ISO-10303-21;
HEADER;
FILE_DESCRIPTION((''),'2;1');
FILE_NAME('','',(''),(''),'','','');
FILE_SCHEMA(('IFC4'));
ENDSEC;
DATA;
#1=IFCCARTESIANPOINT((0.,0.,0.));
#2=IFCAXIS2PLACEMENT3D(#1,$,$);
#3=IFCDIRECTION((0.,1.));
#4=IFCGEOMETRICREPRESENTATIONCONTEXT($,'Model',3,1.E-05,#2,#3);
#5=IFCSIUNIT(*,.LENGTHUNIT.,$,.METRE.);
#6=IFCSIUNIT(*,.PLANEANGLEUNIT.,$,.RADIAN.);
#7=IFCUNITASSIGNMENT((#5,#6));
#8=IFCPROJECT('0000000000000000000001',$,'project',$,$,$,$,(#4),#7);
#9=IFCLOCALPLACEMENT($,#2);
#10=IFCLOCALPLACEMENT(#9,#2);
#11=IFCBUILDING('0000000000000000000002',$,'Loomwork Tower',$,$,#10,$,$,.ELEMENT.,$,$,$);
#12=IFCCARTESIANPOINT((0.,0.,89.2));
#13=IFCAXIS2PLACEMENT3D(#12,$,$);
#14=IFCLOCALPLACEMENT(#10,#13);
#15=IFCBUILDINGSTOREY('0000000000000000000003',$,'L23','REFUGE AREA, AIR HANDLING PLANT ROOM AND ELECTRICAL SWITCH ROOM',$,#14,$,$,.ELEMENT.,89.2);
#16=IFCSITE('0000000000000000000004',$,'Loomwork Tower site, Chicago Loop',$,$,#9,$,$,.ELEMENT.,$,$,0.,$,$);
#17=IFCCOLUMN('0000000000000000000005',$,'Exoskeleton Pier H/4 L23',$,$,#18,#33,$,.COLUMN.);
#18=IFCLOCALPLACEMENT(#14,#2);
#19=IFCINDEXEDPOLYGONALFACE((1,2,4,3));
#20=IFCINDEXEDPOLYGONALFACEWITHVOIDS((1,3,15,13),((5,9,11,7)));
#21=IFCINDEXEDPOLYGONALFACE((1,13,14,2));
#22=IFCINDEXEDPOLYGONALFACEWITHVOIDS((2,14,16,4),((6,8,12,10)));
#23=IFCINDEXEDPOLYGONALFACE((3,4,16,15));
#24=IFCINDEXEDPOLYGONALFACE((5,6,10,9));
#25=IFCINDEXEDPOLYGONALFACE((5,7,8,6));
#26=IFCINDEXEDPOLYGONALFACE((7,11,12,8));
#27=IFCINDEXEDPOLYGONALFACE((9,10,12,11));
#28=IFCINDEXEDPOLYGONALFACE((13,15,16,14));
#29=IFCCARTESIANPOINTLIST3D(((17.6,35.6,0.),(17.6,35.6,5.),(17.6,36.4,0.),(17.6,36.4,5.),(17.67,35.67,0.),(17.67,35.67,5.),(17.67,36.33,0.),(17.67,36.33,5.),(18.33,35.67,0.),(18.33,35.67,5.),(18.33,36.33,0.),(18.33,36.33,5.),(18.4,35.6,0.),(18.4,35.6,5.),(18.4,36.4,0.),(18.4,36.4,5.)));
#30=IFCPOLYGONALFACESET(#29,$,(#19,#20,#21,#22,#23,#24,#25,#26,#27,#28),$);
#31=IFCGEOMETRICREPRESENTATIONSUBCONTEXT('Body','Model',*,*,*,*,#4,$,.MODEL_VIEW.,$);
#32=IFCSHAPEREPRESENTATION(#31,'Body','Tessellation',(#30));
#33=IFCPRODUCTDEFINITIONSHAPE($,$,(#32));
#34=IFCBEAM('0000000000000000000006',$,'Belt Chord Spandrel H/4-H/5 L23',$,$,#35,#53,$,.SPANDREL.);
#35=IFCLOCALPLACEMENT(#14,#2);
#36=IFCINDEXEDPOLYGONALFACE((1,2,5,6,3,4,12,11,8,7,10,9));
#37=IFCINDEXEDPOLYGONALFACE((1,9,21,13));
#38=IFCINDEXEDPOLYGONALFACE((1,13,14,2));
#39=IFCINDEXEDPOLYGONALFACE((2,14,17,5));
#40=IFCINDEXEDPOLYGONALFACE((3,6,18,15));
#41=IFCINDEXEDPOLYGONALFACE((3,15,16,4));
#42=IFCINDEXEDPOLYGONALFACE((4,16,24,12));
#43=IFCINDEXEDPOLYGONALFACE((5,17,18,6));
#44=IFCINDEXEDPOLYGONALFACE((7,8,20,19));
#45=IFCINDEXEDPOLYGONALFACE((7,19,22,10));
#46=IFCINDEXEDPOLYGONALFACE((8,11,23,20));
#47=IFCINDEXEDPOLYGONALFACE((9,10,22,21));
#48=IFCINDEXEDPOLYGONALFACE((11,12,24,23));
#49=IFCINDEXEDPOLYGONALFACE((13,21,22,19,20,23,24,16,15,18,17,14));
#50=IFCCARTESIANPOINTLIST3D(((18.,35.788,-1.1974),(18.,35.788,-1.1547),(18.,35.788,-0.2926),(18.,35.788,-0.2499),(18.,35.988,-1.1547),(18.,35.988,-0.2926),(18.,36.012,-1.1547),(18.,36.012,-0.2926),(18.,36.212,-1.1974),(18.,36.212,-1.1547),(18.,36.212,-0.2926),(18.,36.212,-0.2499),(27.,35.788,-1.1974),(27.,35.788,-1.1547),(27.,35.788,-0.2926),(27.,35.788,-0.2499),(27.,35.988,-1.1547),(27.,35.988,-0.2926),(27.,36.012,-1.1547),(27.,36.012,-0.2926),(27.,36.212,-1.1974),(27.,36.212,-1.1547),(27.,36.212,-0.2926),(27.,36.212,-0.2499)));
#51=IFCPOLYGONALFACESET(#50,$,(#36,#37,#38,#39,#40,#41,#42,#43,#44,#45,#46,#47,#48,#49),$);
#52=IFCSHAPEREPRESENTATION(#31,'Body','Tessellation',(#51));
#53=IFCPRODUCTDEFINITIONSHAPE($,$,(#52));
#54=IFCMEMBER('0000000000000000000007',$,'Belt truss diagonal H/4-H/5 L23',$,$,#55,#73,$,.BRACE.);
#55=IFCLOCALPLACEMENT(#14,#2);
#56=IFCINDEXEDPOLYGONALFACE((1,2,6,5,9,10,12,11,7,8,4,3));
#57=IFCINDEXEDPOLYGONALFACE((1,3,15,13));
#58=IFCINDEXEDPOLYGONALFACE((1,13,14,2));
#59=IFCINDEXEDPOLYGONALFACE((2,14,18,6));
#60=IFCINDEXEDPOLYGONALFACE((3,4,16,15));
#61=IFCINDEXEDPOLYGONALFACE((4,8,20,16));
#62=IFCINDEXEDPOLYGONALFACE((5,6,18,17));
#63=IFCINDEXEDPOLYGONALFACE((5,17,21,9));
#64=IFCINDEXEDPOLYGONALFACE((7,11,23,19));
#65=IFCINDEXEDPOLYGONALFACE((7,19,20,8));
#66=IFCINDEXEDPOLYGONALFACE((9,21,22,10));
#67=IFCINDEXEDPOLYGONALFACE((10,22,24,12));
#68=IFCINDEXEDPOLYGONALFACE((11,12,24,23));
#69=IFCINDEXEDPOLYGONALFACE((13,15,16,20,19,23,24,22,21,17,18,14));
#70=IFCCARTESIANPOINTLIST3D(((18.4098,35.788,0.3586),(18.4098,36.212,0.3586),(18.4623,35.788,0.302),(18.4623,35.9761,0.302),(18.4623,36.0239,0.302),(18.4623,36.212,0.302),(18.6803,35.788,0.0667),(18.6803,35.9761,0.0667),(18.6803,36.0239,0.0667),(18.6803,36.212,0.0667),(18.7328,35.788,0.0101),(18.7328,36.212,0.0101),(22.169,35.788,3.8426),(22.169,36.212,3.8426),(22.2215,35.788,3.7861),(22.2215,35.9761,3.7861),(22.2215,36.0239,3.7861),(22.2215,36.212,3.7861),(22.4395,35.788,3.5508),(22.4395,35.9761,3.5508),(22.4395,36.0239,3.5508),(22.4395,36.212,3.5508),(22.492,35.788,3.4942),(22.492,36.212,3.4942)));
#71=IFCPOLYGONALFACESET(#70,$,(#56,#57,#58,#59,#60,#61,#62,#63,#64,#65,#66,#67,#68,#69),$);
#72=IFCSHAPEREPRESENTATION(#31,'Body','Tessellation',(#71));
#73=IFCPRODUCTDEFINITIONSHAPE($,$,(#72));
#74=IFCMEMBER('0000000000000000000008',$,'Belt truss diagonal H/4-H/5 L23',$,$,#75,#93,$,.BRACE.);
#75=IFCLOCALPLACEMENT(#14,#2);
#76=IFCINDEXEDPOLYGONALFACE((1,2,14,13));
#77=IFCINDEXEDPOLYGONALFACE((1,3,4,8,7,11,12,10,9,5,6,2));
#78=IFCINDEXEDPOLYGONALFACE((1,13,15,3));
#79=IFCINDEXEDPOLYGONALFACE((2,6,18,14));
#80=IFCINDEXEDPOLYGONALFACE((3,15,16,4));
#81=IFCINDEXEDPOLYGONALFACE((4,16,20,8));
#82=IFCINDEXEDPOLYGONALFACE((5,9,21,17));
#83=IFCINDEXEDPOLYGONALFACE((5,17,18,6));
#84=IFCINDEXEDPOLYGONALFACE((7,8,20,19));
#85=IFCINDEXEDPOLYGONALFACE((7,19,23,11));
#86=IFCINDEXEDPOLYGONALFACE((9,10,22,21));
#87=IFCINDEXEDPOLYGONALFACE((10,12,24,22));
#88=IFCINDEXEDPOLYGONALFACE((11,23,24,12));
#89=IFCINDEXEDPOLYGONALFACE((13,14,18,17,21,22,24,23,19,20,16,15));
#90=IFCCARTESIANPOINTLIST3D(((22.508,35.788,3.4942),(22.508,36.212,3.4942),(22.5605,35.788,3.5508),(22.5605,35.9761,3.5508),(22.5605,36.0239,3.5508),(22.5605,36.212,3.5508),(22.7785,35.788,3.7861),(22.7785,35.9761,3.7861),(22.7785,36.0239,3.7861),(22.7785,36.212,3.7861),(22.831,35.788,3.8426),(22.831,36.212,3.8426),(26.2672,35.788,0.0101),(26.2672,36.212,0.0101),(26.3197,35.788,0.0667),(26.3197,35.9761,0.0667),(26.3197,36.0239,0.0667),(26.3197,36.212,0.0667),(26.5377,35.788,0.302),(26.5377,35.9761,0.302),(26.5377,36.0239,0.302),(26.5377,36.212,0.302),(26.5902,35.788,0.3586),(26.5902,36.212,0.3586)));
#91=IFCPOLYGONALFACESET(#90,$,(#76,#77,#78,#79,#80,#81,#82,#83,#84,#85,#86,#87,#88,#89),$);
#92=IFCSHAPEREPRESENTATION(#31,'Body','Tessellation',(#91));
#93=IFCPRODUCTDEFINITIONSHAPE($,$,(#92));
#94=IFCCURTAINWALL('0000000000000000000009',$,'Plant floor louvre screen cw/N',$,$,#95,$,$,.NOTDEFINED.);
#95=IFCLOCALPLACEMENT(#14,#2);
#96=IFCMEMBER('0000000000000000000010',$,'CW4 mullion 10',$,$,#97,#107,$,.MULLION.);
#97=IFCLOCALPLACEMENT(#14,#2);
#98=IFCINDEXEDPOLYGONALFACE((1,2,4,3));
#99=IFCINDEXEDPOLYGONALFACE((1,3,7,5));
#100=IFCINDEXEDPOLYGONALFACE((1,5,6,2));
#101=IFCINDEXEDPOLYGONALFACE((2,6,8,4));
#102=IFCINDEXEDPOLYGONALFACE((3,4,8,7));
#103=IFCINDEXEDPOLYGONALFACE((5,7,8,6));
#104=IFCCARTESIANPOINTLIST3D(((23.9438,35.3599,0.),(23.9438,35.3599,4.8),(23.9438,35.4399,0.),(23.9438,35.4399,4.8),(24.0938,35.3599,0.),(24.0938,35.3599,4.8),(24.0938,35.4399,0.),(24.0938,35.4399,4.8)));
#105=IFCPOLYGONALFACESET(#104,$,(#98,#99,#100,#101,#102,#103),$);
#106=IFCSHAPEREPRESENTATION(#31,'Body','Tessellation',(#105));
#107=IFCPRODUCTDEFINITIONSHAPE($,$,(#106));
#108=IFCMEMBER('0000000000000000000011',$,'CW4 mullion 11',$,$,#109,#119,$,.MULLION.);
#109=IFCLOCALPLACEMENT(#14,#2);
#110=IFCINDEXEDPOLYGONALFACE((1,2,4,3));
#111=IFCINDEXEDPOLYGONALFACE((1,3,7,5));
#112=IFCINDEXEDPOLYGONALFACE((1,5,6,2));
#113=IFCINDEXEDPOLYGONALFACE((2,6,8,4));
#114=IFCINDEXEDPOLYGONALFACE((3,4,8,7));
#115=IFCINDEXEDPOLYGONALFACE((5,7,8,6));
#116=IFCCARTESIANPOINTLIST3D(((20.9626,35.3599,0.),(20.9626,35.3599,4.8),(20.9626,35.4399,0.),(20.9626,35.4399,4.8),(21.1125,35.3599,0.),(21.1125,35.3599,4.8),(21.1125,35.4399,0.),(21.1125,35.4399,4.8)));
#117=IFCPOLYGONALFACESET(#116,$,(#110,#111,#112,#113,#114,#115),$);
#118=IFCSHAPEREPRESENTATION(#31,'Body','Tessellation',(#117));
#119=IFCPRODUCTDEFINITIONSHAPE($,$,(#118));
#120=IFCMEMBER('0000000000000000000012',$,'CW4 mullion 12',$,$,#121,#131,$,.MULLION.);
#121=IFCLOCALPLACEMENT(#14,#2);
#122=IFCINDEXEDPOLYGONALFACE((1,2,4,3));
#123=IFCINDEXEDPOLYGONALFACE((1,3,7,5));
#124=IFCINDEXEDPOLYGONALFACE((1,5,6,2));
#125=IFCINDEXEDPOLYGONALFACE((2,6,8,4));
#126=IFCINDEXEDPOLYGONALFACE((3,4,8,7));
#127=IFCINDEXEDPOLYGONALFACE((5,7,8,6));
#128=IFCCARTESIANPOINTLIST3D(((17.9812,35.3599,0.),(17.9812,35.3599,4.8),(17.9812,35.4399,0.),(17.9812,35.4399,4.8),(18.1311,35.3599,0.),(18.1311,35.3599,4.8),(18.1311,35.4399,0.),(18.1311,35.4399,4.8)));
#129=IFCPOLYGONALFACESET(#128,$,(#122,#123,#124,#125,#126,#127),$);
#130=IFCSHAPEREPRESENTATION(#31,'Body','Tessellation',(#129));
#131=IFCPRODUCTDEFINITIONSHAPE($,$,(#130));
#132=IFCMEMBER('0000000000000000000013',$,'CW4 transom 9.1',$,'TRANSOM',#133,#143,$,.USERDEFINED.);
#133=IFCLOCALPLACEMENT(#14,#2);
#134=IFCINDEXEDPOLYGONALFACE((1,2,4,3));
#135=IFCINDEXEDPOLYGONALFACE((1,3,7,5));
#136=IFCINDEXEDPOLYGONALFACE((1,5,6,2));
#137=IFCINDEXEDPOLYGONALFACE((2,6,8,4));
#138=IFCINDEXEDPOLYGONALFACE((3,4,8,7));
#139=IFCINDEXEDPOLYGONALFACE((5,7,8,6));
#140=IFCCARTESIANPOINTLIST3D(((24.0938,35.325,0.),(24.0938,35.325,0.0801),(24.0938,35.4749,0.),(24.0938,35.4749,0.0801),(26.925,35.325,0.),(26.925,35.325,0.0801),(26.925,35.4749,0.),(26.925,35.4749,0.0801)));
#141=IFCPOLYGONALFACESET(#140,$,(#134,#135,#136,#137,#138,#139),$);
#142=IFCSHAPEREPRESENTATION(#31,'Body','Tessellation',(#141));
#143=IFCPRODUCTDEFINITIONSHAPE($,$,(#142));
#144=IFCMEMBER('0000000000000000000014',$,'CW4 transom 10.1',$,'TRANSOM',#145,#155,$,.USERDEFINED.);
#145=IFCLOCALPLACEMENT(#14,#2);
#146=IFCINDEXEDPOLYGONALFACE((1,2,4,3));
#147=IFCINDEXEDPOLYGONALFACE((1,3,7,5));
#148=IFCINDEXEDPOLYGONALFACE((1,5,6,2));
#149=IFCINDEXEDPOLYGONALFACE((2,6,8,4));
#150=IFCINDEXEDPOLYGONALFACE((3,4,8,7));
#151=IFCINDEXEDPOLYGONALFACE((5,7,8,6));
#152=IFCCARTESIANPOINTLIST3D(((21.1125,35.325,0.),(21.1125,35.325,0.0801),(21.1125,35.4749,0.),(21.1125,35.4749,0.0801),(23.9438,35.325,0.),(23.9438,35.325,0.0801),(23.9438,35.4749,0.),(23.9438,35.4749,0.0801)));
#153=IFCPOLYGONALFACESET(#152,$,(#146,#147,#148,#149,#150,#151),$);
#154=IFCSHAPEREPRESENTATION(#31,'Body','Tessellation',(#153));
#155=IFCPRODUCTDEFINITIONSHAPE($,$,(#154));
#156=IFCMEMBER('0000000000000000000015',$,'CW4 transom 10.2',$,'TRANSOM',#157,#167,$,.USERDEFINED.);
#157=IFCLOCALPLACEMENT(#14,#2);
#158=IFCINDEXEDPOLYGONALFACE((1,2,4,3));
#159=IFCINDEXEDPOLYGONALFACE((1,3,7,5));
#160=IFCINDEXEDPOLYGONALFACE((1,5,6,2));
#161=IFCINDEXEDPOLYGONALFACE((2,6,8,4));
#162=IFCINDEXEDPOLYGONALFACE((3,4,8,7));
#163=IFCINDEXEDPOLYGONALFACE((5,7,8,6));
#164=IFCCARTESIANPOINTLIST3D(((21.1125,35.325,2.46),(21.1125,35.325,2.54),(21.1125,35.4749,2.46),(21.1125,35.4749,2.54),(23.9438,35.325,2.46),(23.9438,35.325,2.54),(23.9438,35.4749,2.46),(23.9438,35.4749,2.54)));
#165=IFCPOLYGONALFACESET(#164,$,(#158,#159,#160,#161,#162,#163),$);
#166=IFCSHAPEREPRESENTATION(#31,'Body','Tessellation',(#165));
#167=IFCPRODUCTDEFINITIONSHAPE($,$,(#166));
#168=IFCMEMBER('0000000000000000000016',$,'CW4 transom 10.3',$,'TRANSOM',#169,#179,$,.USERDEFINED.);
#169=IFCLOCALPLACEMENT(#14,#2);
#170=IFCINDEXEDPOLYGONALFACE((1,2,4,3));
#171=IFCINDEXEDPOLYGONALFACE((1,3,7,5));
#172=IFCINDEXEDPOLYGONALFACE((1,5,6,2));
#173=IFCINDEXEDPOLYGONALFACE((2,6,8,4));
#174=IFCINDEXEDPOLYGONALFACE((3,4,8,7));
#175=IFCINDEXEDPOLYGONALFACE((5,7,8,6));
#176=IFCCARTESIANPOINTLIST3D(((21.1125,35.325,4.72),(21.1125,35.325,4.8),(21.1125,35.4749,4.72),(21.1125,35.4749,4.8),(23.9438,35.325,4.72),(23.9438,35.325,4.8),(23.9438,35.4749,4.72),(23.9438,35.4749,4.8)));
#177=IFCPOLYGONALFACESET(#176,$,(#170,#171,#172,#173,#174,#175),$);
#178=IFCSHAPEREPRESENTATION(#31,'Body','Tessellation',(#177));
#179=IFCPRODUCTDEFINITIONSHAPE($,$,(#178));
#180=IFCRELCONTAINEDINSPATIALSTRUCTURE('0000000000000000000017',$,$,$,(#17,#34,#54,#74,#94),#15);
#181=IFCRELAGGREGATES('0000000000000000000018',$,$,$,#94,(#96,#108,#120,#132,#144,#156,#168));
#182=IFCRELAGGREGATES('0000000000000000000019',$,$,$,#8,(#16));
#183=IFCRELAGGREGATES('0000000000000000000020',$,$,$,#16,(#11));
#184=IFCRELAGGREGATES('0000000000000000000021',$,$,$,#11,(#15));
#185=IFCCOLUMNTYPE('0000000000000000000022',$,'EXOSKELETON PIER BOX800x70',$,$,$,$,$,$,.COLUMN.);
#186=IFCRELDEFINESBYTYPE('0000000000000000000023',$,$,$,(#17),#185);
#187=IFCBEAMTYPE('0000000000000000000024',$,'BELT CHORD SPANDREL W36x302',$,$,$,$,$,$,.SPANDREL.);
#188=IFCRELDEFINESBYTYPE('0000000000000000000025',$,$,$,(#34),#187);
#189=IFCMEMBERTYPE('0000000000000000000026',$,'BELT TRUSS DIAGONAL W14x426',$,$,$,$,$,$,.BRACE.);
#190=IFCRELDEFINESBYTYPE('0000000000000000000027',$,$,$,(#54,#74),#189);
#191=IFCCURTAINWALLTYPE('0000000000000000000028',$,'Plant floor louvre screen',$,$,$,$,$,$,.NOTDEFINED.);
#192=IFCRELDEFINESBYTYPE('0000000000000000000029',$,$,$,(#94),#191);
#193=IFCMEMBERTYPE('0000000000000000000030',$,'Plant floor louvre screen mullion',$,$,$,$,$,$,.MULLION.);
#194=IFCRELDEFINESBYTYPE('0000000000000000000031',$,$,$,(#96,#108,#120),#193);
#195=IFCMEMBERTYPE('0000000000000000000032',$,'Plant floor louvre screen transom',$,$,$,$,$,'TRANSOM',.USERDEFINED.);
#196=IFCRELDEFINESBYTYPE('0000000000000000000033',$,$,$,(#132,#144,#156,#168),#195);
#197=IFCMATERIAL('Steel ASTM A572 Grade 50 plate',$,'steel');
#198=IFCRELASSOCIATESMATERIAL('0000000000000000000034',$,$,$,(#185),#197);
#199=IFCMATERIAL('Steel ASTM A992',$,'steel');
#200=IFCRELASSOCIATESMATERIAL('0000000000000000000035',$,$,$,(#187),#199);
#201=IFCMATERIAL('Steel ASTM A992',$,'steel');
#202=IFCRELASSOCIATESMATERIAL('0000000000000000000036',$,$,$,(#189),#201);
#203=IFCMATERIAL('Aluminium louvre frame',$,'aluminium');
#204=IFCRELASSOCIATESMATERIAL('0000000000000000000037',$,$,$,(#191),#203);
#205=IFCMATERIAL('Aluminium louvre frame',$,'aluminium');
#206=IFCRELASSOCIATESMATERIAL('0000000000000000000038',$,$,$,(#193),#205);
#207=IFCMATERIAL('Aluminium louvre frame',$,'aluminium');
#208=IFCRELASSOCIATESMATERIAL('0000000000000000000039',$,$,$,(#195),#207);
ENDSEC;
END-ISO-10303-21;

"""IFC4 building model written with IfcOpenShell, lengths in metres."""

from ifc_helpers import new_model, si_unit, direction, frame, origin, origin_2d, place, context, subcontext, project, spatial, rectangle, hollow_rectangle, i_section, extrude, material, material_profile, profile_set, type_object, element, aggregate, save


model = new_model("IFC4")

# Units and contexts
model_context = context("Model", 3, precision=1e-05, world=origin(), true_north=direction((0.0, 1.0)))
body_context = subcontext(model_context, "Body", "Model", "MODEL_VIEW")
ifc_project = project(units=[si_unit("LENGTHUNIT", "METRE"), si_unit("PLANEANGLEUNIT", "RADIAN")], contexts=[model_context])

# Site, building, storey
site_placement = place(None, origin())
site = spatial("IfcSite", under=ifc_project, at=site_placement, Name="Loomwork Tower site, Chicago Loop", CompositionType="ELEMENT", RefElevation=0.0)
building_placement = place(site_placement, origin())
building = spatial("IfcBuilding", under=site, at=building_placement, Name="Loomwork Tower", CompositionType="ELEMENT")
storey_placement = place(building_placement, frame((0.0, 0.0, 89.2)))
storey = spatial("IfcBuildingStorey", under=building, at=storey_placement, Name="L23", Description="REFUGE AREA, AIR HANDLING PLANT ROOM AND ELECTRICAL SWITCH ROOM", CompositionType="ELEMENT", Elevation=89.2)

# Column
ifc_material_1 = material(Name="Steel ASTM A572 Grade 50 plate", Category="steel")
ifc_material_profile_1 = material_profile(ifc_material_1, hollow_rectangle(XDim=0.8, YDim=0.8, WallThickness=0.0701, at=origin_2d()), Name="BOX800x70")
ifc_profile_set_1 = profile_set([ifc_material_profile_1], Name="Steel ASTM A572 Grade 50 plate")
column_type = type_object("IfcColumnType", Name="EXOSKELETON PIER BOX800x70", PredefinedType="COLUMN", material=ifc_profile_set_1)
column_placement = place(storey_placement, frame((18.0, 36.0, 0.0), z_axis=(0.0, 0.0, 1.0), x_axis=(1.0, 0.0, 0.0)))
element("IfcColumn", 1, at=column_placement, inside=storey, type_object=column_type, Name="Exoskeleton Pier H/4 L23", PredefinedType="COLUMN", context=body_context, shape_type="SweptSolid", body=[
    extrude(hollow_rectangle(XDim=0.8, YDim=0.8, WallThickness=0.0701, at=origin_2d()), origin(), (0.0, 0.0, 1.0), 5.0),
])

# Beam
ifc_material_2 = material(Name="Steel ASTM A992", Category="steel")
ifc_material_profile_2 = material_profile(ifc_material_2, i_section(OverallWidth=0.4241, OverallDepth=0.9475, WebThickness=0.0239, FlangeThickness=0.0427, at=origin_2d()), Name="W36x302")
ifc_profile_set_2 = profile_set([ifc_material_profile_2], Name="Steel ASTM A992")
beam_type = type_object("IfcBeamType", Name="BELT CHORD SPANDREL W36x302", PredefinedType="SPANDREL", material=ifc_profile_set_2)
beam_placement = place(storey_placement, frame((18.0, 36.0, -0.7236), z_axis=(1.0, 0.0, 0.0), x_axis=(0.0, 1.0, 0.0)))
element("IfcBeam", 2, at=beam_placement, inside=storey, type_object=beam_type, Name="Belt Chord Spandrel H/4-H/5 L23", PredefinedType="SPANDREL", context=body_context, shape_type="SweptSolid", body=[
    extrude(i_section(OverallWidth=0.4241, OverallDepth=0.9475, WebThickness=0.0239, FlangeThickness=0.0427, at=origin_2d()), origin(), (0.0, 0.0, 1.0), 9.0),
])

# Members
ifc_material_3 = material(Name="Steel ASTM A992", Category="steel")
ifc_material_profile_3 = material_profile(ifc_material_3, i_section(OverallWidth=0.4241, OverallDepth=0.4751, WebThickness=0.0479, FlangeThickness=0.0771, at=origin_2d()), Name="W14x426")
ifc_profile_set_3 = profile_set([ifc_material_profile_3], Name="Steel ASTM A992")
member_type_1 = type_object("IfcMemberType", Name="BELT TRUSS DIAGONAL W14x426", PredefinedType="BRACE", material=ifc_profile_set_3)
for number, where, z_axis, x_axis, name in (
    (3, (18.5713, 36.0, 0.1843), (0.733438, 0.0, 0.679757), (0.0, 1.0, 0.0), "Belt truss diagonal H/4-H/5 L23"),
    (4, (26.4287, 36.0, 0.1843), (-0.733438, 0.0, 0.679757), (0.0, -1.0, 0.0), "Belt truss diagonal H/4-H/5 L23"),
):
    element("IfcMember", number, at=place(storey_placement, frame(where, z_axis=z_axis, x_axis=x_axis)), inside=storey, type_object=member_type_1, Name=name, PredefinedType="BRACE", context=body_context, shape_type="SweptSolid", body=[
        extrude(i_section(OverallWidth=0.4241, OverallDepth=0.4751, WebThickness=0.0479, FlangeThickness=0.0771, at=origin_2d()), origin(), (0.0, 0.0, 1.0), 5.1255),
    ])

# Curtain wall, members
ifc_material_4 = material(Name="Aluminium louvre frame", Category="aluminium")
curtain_wall_type = type_object("IfcCurtainWallType", Name="Plant floor louvre screen", PredefinedType="NOTDEFINED", material=ifc_material_4)
curtain_wall_placement = place(storey_placement, origin())
curtain_wall = element("IfcCurtainWall", 5, at=curtain_wall_placement, inside=storey, type_object=curtain_wall_type, Name="Plant floor louvre screen cw/N", PredefinedType="NOTDEFINED")
ifc_material_5 = material(Name="Aluminium louvre frame", Category="aluminium")
ifc_material_profile_4 = material_profile(ifc_material_5, rectangle(XDim=0.0801, YDim=0.1499, at=origin_2d()), Name="AL 80x150")
ifc_profile_set_4 = profile_set([ifc_material_profile_4], Name="Aluminium louvre frame")
member_type_2 = type_object("IfcMemberType", Name="Plant floor louvre screen mullion", PredefinedType="MULLION", material=ifc_profile_set_4)
member_1_placement = place(storey_placement, frame((24.0188, 35.3999, 0.0), z_axis=(0.0, 0.0, 1.0), x_axis=(0.0, -1.0, 0.0)))
member_1 = element("IfcMember", 6, at=member_1_placement, type_object=member_type_2, Name="CW4 mullion 10", PredefinedType="MULLION", context=body_context, shape_type="SweptSolid", body=[
    extrude(rectangle(XDim=0.0801, YDim=0.1499, at=origin_2d()), origin(), (0.0, 0.0, 1.0), 4.8),
])
member_2_placement = place(storey_placement, frame((21.0376, 35.3999, 0.0), z_axis=(0.0, 0.0, 1.0), x_axis=(0.0, -1.0, 0.0)))
member_2 = element("IfcMember", 7, at=member_2_placement, type_object=member_type_2, Name="CW4 mullion 11", PredefinedType="MULLION", context=body_context, shape_type="SweptSolid", body=[
    extrude(rectangle(XDim=0.0801, YDim=0.1499, at=origin_2d()), origin(), (0.0, 0.0, 1.0), 4.8),
])
member_3_placement = place(storey_placement, frame((18.0562, 35.3999, 0.0), z_axis=(0.0, 0.0, 1.0), x_axis=(0.0, -1.0, 0.0)))
member_3 = element("IfcMember", 8, at=member_3_placement, type_object=member_type_2, Name="CW4 mullion 12", PredefinedType="MULLION", context=body_context, shape_type="SweptSolid", body=[
    extrude(rectangle(XDim=0.0801, YDim=0.1499, at=origin_2d()), origin(), (0.0, 0.0, 1.0), 4.8),
])
ifc_material_6 = material(Name="Aluminium louvre frame", Category="aluminium")
ifc_material_profile_5 = material_profile(ifc_material_6, rectangle(XDim=0.1499, YDim=0.0801, at=origin_2d()), Name="AL 80x150")
ifc_profile_set_5 = profile_set([ifc_material_profile_5], Name="Aluminium louvre frame")
member_type_3 = type_object("IfcMemberType", Name="Plant floor louvre screen transom", ElementType="TRANSOM", PredefinedType="USERDEFINED", material=ifc_profile_set_5)
member_4_placement = place(storey_placement, frame((26.925, 35.3999, 0.04), z_axis=(-1.0, 0.0, 0.0), x_axis=(0.0, -1.0, 0.0)))
member_4 = element("IfcMember", 9, at=member_4_placement, type_object=member_type_3, Name="CW4 transom 9.1", ObjectType="TRANSOM", PredefinedType="USERDEFINED", context=body_context, shape_type="SweptSolid", body=[
    extrude(rectangle(XDim=0.1499, YDim=0.0801, at=origin_2d()), origin(), (0.0, 0.0, 1.0), 2.8313),
])
member_5_placement = place(storey_placement, frame((23.9438, 35.3999, 0.04), z_axis=(-1.0, 0.0, 0.0), x_axis=(0.0, -1.0, 0.0)))
member_5 = element("IfcMember", 10, at=member_5_placement, type_object=member_type_3, Name="CW4 transom 10.1", ObjectType="TRANSOM", PredefinedType="USERDEFINED", context=body_context, shape_type="SweptSolid", body=[
    extrude(rectangle(XDim=0.1499, YDim=0.0801, at=origin_2d()), origin(), (0.0, 0.0, 1.0), 2.8313),
])
member_6_placement = place(storey_placement, frame((23.9438, 35.3999, 2.5), z_axis=(-1.0, 0.0, 0.0), x_axis=(0.0, -1.0, 0.0)))
member_6 = element("IfcMember", 11, at=member_6_placement, type_object=member_type_3, Name="CW4 transom 10.2", ObjectType="TRANSOM", PredefinedType="USERDEFINED", context=body_context, shape_type="SweptSolid", body=[
    extrude(rectangle(XDim=0.1499, YDim=0.0801, at=origin_2d()), origin(), (0.0, 0.0, 1.0), 2.8313),
])
member_7_placement = place(storey_placement, frame((23.9438, 35.3999, 4.76), z_axis=(-1.0, 0.0, 0.0), x_axis=(0.0, -1.0, 0.0)))
member_7 = element("IfcMember", 12, at=member_7_placement, type_object=member_type_3, Name="CW4 transom 10.3", ObjectType="TRANSOM", PredefinedType="USERDEFINED", context=body_context, shape_type="SweptSolid", body=[
    extrude(rectangle(XDim=0.1499, YDim=0.0801, at=origin_2d()), origin(), (0.0, 0.0, 1.0), 2.8313),
])

aggregate(curtain_wall, [member_1, member_2, member_3, member_4, member_5, member_6, member_7])

save(model, "model.ifc")
